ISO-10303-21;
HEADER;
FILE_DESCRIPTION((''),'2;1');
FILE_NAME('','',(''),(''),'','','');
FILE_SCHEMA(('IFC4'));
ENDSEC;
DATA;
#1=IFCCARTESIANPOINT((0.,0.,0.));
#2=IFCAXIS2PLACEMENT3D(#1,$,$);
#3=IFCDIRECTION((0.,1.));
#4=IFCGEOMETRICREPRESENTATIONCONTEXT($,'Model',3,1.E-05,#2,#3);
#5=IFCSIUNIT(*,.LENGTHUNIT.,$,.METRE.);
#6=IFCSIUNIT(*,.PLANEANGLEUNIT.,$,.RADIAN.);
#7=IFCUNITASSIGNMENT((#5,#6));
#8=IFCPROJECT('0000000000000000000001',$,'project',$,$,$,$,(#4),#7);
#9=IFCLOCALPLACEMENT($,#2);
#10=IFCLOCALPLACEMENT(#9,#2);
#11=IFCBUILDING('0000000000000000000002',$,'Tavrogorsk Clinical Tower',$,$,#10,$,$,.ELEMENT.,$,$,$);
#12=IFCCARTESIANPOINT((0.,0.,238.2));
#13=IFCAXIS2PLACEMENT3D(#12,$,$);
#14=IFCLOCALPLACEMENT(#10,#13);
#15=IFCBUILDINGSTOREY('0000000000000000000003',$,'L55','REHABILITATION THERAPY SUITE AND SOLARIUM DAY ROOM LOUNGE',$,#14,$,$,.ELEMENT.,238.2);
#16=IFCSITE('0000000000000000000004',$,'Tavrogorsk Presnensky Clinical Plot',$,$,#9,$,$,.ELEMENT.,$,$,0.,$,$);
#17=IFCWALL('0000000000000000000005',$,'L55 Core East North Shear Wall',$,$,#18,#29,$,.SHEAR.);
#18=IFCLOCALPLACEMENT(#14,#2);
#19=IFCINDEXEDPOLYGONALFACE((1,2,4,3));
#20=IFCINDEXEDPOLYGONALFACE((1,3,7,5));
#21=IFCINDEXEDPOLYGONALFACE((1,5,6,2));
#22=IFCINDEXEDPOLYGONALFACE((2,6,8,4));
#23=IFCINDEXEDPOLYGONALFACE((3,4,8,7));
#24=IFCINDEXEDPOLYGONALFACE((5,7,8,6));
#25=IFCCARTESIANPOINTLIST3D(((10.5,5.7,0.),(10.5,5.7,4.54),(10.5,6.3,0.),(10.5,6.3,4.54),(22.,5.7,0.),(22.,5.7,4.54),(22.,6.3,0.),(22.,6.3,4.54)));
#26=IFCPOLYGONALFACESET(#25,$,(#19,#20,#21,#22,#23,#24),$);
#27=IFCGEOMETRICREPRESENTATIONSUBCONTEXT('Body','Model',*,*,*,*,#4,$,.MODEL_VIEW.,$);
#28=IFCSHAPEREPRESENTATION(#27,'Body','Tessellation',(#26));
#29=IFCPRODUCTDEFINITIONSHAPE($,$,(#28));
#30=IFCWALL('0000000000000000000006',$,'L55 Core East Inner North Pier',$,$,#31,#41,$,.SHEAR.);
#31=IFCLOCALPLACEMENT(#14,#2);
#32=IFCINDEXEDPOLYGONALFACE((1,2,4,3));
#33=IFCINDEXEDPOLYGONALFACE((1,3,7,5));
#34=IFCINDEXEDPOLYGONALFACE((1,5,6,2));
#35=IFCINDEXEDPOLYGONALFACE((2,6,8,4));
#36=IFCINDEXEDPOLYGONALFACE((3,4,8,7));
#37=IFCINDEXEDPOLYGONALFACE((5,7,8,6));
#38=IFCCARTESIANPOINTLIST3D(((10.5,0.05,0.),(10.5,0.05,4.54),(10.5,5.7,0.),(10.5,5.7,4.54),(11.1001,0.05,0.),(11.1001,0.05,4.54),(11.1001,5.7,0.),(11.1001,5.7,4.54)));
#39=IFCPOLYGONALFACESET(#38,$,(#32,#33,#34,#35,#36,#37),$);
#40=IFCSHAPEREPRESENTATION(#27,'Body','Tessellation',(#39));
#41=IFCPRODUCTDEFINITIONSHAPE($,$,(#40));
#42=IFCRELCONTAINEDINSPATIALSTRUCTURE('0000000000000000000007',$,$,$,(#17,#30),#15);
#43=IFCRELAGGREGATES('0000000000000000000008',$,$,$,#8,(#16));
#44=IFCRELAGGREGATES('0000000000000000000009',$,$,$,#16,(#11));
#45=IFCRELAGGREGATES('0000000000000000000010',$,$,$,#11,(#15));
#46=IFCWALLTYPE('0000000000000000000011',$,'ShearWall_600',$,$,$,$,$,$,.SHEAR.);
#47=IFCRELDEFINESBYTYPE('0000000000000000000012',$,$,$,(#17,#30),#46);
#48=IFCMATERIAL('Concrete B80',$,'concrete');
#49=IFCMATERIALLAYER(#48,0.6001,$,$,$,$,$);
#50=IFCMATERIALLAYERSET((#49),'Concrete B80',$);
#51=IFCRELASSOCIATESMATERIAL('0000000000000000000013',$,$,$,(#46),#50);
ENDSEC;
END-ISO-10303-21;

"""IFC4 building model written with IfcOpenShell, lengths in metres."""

from ifc_helpers import new_model, si_unit, direction, frame, frame_2d, origin, place, context, subcontext, project, spatial, rectangle, extrude, material, layer, layer_set, type_object, element, save


model = new_model("IFC4")

# Units and contexts
model_context = context("Model", 3, precision=1e-05, world=origin(), true_north=direction((0.0, 1.0)))
body_context = subcontext(model_context, "Body", "Model", "MODEL_VIEW")
ifc_project = project(units=[si_unit("LENGTHUNIT", "METRE"), si_unit("PLANEANGLEUNIT", "RADIAN")], contexts=[model_context])

# Site, building, storey
site_placement = place(None, origin())
site = spatial("IfcSite", under=ifc_project, at=site_placement, Name="Tavrogorsk Presnensky Clinical Plot", CompositionType="ELEMENT", RefElevation=0.0)
building_placement = place(site_placement, origin())
building = spatial("IfcBuilding", under=site, at=building_placement, Name="Tavrogorsk Clinical Tower", CompositionType="ELEMENT")
storey_placement = place(building_placement, frame((0.0, 0.0, 238.2)))
storey = spatial("IfcBuildingStorey", under=building, at=storey_placement, Name="L55", Description="REHABILITATION THERAPY SUITE AND SOLARIUM DAY ROOM LOUNGE", CompositionType="ELEMENT", Elevation=238.2)

# Walls
ifc_material_1 = material(Name="Concrete B80", Category="concrete")
ifc_layer_1 = layer(ifc_material_1, 0.6001)
ifc_layer_set_1 = layer_set([ifc_layer_1], Name="Concrete B80")
wall_type_1 = type_object("IfcWallType", Name="ShearWall_600", PredefinedType="SHEAR", material=ifc_layer_set_1)
wall_1_placement = place(storey_placement, frame((10.5, 6.0, 0.0), z_axis=(0.0, 0.0, 1.0), x_axis=(1.0, 0.0, 0.0)))
element("IfcWall", 1, at=wall_1_placement, inside=storey, type_object=wall_type_1, Name="L55 Core East North Shear Wall", PredefinedType="SHEAR", context=body_context, shape_type="SweptSolid", body=[
    extrude(rectangle(XDim=11.5, YDim=0.6001, at=frame_2d((5.75, 0.0))), origin(), (0.0, 0.0, 1.0), 4.54),
])
wall_2_placement = place(storey_placement, frame((10.8, 0.05, 0.0), z_axis=(0.0, 0.0, 1.0), x_axis=(0.0, 1.0, 0.0)))
element("IfcWall", 2, at=wall_2_placement, inside=storey, type_object=wall_type_1, Name="L55 Core East Inner North Pier", PredefinedType="SHEAR", context=body_context, shape_type="SweptSolid", body=[
    extrude(rectangle(XDim=5.6499, YDim=0.6001, at=frame_2d((2.825, 0.0))), origin(), (0.0, 0.0, 1.0), 4.54),
])

save(model, "model.ifc")
